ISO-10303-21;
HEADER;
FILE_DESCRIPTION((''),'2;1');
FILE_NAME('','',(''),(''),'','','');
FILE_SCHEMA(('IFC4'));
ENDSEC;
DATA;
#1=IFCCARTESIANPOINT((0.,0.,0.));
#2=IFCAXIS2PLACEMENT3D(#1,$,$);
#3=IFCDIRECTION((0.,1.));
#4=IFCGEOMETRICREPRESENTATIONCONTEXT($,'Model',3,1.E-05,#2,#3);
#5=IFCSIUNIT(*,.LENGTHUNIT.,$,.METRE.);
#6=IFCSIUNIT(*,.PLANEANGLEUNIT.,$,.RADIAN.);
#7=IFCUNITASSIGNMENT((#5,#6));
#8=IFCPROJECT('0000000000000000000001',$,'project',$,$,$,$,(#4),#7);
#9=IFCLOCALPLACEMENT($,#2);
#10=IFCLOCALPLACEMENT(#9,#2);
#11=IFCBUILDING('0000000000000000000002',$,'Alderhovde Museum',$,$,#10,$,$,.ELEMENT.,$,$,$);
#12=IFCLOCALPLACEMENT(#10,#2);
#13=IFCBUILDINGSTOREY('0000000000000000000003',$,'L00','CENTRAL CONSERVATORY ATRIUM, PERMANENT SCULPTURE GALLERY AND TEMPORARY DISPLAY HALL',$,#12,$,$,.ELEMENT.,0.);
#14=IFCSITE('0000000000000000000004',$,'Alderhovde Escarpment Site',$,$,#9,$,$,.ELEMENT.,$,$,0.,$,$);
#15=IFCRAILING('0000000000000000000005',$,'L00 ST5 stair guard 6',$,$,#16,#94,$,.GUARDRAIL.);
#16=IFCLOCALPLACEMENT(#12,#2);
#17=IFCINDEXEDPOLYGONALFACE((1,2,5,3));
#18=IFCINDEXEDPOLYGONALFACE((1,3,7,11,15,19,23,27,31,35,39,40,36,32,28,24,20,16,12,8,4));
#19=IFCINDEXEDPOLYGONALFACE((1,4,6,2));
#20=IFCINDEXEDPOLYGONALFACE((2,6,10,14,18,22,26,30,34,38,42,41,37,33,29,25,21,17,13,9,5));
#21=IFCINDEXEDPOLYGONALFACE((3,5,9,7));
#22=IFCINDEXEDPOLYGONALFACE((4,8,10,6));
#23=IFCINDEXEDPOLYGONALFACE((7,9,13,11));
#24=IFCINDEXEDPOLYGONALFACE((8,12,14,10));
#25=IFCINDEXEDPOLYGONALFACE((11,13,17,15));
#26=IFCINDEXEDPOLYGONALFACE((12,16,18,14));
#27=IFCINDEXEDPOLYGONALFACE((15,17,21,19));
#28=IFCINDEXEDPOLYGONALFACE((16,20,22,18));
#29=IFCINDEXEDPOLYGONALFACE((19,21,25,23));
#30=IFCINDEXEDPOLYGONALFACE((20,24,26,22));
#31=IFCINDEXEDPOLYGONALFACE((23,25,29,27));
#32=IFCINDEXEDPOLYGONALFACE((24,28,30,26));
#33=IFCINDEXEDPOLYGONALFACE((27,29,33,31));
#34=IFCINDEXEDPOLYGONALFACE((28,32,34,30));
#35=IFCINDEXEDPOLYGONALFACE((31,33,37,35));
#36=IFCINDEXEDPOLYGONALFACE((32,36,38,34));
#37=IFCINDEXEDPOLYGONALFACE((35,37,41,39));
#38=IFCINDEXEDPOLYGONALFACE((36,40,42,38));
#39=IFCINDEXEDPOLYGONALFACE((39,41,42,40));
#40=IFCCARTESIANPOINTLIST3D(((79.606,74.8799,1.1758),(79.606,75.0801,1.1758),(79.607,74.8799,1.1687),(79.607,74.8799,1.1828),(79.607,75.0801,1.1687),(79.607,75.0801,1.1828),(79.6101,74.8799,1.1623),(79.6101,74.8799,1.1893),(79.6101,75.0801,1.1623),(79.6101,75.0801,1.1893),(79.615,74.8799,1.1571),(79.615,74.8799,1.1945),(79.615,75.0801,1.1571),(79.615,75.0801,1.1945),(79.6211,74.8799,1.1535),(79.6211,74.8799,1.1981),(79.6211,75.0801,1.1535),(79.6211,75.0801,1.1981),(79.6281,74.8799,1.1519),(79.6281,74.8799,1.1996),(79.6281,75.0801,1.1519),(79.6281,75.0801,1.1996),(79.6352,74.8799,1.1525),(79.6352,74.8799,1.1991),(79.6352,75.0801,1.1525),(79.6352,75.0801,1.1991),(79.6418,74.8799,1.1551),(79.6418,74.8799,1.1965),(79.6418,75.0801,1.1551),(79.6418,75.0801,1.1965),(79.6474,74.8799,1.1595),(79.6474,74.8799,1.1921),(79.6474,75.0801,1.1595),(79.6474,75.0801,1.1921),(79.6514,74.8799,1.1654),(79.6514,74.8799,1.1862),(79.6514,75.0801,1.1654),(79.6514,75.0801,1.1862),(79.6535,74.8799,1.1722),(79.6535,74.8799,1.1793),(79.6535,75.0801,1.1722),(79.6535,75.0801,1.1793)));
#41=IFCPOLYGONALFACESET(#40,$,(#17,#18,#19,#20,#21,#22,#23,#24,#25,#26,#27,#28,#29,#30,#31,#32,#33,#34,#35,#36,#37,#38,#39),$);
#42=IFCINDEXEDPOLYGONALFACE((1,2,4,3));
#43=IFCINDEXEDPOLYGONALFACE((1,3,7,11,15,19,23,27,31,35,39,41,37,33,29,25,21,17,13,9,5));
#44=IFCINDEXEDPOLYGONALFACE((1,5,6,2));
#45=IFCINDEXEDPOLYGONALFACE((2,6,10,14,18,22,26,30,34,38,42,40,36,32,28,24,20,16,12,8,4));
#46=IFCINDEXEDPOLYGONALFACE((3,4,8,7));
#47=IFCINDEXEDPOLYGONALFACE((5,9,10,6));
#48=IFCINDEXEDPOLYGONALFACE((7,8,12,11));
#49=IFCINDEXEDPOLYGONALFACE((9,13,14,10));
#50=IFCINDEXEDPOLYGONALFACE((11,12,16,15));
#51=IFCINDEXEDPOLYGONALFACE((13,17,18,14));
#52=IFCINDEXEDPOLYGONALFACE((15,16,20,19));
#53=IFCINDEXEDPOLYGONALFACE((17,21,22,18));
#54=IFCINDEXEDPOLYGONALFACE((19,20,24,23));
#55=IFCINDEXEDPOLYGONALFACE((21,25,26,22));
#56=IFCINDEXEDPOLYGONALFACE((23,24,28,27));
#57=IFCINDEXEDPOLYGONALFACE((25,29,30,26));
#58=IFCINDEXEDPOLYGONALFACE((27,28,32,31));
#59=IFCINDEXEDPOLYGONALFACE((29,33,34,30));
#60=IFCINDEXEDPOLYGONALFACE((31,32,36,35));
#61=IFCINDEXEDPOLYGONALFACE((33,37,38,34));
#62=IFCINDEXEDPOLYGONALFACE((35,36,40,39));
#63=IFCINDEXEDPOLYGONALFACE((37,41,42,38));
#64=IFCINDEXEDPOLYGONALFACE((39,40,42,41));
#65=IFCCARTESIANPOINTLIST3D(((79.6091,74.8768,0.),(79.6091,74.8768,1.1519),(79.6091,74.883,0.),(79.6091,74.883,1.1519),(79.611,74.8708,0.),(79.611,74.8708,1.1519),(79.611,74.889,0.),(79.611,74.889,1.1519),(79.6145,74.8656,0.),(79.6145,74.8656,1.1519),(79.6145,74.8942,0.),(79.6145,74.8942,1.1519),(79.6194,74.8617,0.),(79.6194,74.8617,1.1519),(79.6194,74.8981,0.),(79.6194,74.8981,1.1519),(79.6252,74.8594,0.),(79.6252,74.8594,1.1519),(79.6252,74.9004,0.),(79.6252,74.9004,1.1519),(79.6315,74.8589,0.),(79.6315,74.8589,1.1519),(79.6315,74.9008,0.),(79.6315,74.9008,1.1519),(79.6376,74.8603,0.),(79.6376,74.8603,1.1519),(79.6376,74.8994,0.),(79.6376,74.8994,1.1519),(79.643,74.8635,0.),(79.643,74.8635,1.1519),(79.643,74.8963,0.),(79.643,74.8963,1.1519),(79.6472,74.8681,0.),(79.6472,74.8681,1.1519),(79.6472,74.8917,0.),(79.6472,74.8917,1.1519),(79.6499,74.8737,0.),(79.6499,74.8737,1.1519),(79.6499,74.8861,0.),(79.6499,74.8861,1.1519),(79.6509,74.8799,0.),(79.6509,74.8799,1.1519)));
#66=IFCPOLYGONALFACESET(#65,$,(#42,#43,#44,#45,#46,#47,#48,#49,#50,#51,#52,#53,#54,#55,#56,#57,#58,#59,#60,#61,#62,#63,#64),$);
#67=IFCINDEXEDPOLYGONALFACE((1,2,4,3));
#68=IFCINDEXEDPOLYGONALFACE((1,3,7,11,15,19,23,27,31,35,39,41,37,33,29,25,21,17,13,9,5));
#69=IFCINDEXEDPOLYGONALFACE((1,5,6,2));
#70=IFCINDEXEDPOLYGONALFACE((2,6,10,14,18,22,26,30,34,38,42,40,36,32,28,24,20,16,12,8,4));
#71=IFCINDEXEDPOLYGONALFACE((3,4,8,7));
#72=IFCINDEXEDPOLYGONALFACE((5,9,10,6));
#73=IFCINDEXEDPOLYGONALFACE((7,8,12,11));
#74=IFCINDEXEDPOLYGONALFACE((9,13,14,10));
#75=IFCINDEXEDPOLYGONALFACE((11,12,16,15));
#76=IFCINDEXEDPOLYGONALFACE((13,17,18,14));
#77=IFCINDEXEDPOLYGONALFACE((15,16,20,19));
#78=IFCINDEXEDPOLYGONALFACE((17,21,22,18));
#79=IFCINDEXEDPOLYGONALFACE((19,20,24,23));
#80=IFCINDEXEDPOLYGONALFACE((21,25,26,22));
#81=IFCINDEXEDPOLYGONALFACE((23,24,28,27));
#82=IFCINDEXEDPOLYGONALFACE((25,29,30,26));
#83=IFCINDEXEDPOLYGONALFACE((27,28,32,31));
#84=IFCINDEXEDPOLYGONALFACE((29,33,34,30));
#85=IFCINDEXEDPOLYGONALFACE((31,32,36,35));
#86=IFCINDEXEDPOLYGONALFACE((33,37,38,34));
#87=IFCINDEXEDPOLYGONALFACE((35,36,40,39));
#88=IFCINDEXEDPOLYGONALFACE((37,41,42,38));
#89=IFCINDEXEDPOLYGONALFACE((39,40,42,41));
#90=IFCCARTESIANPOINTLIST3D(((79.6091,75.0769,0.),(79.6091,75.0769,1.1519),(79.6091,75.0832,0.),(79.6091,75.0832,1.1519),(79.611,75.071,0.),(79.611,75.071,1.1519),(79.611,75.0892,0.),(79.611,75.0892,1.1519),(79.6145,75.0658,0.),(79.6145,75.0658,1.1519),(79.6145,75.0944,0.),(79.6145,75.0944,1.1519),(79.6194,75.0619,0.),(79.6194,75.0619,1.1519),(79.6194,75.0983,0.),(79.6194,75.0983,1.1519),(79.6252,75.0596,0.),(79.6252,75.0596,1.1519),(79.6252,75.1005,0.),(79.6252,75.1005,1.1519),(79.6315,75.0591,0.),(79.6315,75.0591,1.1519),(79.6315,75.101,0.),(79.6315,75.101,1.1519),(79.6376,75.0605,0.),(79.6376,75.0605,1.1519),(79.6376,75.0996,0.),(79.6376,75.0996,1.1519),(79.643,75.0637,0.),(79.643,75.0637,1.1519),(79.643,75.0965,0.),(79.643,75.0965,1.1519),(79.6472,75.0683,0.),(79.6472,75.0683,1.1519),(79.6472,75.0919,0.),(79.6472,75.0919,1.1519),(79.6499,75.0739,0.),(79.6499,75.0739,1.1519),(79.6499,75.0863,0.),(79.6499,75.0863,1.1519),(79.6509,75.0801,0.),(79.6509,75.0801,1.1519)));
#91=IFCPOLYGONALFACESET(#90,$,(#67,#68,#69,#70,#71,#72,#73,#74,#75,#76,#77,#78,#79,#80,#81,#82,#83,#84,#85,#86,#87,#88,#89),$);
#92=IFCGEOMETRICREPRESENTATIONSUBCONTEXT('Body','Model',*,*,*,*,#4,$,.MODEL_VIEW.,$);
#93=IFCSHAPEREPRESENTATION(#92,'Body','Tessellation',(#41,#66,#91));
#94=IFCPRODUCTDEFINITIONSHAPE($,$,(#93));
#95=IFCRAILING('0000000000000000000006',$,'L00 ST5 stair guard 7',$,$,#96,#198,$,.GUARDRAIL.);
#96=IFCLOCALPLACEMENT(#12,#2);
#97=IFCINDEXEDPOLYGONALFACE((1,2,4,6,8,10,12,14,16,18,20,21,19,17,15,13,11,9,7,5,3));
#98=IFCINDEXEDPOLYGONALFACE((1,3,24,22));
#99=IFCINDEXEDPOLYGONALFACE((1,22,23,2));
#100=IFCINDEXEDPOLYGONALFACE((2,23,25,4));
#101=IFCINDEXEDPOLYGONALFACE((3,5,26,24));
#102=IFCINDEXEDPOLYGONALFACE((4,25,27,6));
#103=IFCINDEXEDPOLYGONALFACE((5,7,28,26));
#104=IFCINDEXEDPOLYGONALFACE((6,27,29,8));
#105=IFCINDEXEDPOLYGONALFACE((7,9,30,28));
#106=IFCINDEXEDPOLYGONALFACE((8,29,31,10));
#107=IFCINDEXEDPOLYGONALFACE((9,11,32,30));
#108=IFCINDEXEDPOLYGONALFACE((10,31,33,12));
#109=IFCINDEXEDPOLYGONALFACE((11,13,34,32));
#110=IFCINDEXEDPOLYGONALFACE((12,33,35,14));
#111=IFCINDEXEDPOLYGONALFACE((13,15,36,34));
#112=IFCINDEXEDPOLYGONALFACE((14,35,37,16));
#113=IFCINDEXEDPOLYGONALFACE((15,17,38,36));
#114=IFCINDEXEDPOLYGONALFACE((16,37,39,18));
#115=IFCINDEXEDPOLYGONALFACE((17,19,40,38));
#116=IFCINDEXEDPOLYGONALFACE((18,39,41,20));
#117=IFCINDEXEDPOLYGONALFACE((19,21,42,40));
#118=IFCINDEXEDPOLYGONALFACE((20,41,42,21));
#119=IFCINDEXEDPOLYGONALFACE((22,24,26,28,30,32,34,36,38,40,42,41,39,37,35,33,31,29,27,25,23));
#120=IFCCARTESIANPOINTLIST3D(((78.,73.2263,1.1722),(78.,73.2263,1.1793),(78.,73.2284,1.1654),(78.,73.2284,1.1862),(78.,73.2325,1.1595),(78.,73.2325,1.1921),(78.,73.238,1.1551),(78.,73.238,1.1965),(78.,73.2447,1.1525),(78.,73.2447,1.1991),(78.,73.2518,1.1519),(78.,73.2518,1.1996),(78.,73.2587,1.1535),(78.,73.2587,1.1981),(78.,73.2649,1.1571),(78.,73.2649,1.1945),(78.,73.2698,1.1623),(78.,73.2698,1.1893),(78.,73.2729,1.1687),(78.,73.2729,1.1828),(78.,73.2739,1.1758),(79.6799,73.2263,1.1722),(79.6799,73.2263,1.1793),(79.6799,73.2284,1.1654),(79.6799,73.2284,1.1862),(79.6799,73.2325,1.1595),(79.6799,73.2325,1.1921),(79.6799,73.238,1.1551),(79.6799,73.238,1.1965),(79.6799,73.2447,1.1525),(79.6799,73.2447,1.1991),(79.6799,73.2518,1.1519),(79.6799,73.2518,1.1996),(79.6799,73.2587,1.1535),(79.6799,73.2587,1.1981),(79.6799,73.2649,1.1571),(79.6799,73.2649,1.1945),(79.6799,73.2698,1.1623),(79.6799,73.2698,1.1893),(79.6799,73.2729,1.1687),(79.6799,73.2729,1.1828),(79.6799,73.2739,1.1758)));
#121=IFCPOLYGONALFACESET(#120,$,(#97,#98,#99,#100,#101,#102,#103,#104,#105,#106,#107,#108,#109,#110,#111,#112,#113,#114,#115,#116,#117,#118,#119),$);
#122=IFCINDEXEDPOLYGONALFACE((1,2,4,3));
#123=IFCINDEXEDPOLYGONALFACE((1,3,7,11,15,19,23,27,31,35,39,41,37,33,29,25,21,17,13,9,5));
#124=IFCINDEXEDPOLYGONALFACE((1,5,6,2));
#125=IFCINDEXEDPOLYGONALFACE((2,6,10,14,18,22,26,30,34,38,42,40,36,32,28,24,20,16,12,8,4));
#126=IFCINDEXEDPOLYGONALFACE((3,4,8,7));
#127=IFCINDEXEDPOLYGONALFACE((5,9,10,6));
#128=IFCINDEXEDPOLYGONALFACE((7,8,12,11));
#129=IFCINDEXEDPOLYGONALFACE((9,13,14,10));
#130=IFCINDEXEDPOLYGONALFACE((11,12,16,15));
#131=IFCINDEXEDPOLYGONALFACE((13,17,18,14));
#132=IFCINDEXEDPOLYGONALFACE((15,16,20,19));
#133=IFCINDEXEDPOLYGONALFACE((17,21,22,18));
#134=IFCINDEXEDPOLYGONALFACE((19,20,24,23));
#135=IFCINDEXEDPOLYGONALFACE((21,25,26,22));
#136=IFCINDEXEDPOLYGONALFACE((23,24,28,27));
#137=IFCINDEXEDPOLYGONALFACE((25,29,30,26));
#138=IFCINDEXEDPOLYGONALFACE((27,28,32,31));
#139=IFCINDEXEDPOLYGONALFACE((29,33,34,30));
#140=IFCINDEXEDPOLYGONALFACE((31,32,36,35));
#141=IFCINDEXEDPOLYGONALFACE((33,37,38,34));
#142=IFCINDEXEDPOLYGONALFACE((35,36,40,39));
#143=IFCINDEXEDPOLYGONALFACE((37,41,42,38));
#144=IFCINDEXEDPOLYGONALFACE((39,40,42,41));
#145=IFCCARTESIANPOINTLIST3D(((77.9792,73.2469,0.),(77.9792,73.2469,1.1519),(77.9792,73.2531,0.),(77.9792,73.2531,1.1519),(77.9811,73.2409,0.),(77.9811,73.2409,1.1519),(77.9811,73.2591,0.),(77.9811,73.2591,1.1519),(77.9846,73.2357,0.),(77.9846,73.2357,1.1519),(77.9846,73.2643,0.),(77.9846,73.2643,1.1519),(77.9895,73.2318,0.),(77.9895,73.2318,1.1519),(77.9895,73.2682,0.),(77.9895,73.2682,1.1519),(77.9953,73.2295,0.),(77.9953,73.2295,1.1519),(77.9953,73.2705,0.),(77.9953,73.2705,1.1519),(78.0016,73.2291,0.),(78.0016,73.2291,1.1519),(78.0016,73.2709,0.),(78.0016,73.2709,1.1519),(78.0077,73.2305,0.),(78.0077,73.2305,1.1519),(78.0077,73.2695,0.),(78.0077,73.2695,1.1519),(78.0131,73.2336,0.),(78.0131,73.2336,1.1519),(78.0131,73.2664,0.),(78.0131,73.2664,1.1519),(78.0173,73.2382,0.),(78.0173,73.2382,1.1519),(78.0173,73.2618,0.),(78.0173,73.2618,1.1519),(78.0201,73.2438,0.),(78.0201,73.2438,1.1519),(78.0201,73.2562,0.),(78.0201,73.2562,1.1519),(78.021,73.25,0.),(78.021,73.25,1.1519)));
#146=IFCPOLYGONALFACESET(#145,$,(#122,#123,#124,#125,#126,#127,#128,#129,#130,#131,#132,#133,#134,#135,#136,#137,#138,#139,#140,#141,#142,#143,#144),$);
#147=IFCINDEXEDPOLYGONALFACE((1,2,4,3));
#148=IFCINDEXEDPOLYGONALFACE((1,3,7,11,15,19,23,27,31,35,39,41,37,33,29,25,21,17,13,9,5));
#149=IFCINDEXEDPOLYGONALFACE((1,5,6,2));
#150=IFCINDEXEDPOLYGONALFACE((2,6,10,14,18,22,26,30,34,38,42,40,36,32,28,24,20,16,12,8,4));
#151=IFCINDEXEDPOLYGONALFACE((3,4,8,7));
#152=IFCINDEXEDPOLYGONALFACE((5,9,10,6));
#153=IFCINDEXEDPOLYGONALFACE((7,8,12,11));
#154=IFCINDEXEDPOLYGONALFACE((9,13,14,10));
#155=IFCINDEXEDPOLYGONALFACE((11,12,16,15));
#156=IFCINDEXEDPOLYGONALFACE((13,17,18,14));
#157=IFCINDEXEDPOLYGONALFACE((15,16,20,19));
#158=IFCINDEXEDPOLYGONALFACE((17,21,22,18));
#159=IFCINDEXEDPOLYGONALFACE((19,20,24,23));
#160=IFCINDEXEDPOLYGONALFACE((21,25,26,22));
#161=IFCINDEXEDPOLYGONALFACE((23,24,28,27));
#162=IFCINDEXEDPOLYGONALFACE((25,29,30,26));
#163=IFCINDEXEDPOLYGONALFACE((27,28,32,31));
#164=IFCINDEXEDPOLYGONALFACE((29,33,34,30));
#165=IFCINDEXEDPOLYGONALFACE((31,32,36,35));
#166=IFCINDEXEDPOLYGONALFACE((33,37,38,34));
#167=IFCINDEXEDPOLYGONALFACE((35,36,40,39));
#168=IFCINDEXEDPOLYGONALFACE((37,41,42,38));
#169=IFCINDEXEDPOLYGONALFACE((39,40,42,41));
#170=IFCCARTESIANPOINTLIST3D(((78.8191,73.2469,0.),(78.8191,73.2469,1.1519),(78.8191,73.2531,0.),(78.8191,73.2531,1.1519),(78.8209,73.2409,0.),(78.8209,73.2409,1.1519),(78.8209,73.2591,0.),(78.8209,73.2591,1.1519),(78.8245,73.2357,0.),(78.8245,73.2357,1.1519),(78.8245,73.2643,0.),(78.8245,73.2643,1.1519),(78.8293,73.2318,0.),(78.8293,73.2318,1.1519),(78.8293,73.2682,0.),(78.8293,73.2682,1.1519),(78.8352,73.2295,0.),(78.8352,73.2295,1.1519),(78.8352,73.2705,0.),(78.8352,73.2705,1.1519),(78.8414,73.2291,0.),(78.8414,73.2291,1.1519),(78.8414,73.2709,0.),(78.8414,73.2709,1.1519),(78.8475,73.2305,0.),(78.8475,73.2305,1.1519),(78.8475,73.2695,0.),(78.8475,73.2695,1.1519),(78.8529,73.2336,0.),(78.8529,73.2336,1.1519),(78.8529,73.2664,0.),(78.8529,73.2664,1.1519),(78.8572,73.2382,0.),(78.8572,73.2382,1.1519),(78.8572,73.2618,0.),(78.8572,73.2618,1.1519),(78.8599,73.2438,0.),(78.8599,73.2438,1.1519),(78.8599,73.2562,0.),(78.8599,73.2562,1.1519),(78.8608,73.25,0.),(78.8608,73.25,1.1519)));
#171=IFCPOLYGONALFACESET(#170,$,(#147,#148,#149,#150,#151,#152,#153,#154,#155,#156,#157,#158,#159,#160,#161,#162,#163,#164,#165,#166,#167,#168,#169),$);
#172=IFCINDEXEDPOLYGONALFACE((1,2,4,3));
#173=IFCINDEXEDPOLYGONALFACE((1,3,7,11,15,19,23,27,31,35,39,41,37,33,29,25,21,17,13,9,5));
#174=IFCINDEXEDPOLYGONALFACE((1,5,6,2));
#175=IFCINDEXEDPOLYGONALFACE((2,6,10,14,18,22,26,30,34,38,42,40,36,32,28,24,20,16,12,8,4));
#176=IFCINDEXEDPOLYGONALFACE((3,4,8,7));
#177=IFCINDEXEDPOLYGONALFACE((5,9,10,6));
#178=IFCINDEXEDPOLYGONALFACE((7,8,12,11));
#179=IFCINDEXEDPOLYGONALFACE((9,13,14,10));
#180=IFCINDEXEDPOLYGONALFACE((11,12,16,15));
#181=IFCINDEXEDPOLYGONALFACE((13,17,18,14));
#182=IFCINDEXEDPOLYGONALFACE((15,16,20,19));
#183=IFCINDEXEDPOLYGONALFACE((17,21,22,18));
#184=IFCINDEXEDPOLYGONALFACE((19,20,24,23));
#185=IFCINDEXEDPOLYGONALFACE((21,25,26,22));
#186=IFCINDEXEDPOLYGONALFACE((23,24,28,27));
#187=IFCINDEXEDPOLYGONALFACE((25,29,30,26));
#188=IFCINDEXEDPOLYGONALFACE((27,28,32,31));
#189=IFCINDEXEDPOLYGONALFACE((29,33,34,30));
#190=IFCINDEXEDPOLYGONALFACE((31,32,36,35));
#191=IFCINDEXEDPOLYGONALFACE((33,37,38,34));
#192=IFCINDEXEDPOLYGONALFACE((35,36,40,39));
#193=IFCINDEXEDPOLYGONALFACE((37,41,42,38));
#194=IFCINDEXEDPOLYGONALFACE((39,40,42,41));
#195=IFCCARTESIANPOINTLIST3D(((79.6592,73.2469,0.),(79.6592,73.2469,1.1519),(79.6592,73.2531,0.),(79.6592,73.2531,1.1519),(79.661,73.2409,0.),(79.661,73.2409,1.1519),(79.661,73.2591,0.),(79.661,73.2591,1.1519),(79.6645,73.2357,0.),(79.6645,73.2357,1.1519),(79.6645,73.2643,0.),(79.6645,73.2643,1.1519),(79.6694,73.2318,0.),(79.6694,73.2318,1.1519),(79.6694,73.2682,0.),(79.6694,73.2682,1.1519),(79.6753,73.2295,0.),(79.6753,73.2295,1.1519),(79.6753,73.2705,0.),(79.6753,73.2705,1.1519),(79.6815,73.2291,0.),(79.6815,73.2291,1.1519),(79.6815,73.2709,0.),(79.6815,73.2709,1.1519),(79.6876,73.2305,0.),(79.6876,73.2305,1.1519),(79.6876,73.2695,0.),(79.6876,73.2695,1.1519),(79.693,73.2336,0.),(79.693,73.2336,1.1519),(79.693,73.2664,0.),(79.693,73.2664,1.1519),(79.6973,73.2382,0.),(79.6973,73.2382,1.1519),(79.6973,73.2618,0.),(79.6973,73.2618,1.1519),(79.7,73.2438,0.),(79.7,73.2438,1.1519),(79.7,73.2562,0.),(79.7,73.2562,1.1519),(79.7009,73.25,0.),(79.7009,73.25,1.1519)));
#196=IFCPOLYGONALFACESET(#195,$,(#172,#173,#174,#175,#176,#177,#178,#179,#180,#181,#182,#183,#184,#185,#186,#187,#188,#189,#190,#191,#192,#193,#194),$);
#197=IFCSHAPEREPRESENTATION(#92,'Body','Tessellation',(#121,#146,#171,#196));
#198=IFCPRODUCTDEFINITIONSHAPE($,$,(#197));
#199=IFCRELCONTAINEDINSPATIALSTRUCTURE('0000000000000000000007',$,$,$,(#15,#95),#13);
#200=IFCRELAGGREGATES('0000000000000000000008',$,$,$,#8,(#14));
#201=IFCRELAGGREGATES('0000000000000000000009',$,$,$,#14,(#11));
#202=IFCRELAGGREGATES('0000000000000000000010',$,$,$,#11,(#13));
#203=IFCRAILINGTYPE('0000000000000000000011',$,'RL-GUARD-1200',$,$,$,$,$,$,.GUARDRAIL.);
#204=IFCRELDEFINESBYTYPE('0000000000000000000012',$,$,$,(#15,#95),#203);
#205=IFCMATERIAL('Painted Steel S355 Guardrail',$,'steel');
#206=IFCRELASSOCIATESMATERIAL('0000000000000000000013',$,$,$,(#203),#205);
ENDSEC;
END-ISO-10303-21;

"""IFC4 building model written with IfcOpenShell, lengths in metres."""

from ifc_helpers import new_model, si_unit, direction, frame, origin, origin_2d, place, context, subcontext, project, spatial, circle, extrude, material, type_object, element, save


model = new_model("IFC4")

# Units and contexts
model_context = context("Model", 3, precision=1e-05, world=origin(), true_north=direction((0.0, 1.0)))
body_context = subcontext(model_context, "Body", "Model", "MODEL_VIEW")
ifc_project = project(units=[si_unit("LENGTHUNIT", "METRE"), si_unit("PLANEANGLEUNIT", "RADIAN")], contexts=[model_context])

# Site, building, storey
site_placement = place(None, origin())
site = spatial("IfcSite", under=ifc_project, at=site_placement, Name="Alderhovde Escarpment Site", CompositionType="ELEMENT", RefElevation=0.0)
building_placement = place(site_placement, origin())
building = spatial("IfcBuilding", under=site, at=building_placement, Name="Alderhovde Museum", CompositionType="ELEMENT")
storey_placement = place(building_placement, origin())
storey = spatial("IfcBuildingStorey", under=building, at=storey_placement, Name="L00", Description="CENTRAL CONSERVATORY ATRIUM, PERMANENT SCULPTURE GALLERY AND TEMPORARY DISPLAY HALL", CompositionType="ELEMENT", Elevation=0.0)

# Railings
ifc_material_1 = material(Name="Painted Steel S355 Guardrail", Category="steel")
railing_type_1 = type_object("IfcRailingType", Name="RL-GUARD-1200", PredefinedType="GUARDRAIL", material=ifc_material_1)
railing_1_placement = place(storey_placement, frame((79.6299, 74.8799, 0.0)))
element("IfcRailing", 1, at=railing_1_placement, inside=storey, type_object=railing_type_1, Name="L00 ST5 stair guard 6", PredefinedType="GUARDRAIL", context=body_context, shape_type="SweptSolid", body=[
    extrude(circle(Radius=0.0239, at=origin_2d()), frame((0.0, 0.0, 1.1758), z_axis=(0.0, 1.0, 0.0), x_axis=(-1.0, 0.0, 0.0)), (0.0, 0.0, 1.0), 0.2002),
    extrude(circle(Radius=0.021, at=origin_2d()), origin(), (0.0, 0.0, 1.0), 1.1519),
    extrude(circle(Radius=0.021, at=origin_2d()), frame((0.0, 0.2002, 0.0)), (0.0, 0.0, 1.0), 1.1519),
])
for number, where, name in (
    (2, (78.0, 73.25, 0.0), "L00 ST5 stair guard 7"),
):
    element("IfcRailing", number, at=place(storey_placement, frame(where)), inside=storey, type_object=railing_type_1, Name=name, PredefinedType="GUARDRAIL", context=body_context, shape_type="SweptSolid", body=[
        extrude(circle(Radius=0.0239, at=origin_2d()), frame((0.0, 0.0, 1.1758), z_axis=(1.0, 0.0, 0.0), x_axis=(0.0, 1.0, 0.0)), (0.0, 0.0, 1.0), 1.6799),
        extrude(circle(Radius=0.021, at=origin_2d()), origin(), (0.0, 0.0, 1.0), 1.1519),
        extrude(circle(Radius=0.021, at=origin_2d()), frame((0.8398, 0.0, 0.0)), (0.0, 0.0, 1.0), 1.1519),
        extrude(circle(Radius=0.021, at=origin_2d()), frame((1.6799, 0.0, 0.0)), (0.0, 0.0, 1.0), 1.1519),
    ])

save(model, "model.ifc")
